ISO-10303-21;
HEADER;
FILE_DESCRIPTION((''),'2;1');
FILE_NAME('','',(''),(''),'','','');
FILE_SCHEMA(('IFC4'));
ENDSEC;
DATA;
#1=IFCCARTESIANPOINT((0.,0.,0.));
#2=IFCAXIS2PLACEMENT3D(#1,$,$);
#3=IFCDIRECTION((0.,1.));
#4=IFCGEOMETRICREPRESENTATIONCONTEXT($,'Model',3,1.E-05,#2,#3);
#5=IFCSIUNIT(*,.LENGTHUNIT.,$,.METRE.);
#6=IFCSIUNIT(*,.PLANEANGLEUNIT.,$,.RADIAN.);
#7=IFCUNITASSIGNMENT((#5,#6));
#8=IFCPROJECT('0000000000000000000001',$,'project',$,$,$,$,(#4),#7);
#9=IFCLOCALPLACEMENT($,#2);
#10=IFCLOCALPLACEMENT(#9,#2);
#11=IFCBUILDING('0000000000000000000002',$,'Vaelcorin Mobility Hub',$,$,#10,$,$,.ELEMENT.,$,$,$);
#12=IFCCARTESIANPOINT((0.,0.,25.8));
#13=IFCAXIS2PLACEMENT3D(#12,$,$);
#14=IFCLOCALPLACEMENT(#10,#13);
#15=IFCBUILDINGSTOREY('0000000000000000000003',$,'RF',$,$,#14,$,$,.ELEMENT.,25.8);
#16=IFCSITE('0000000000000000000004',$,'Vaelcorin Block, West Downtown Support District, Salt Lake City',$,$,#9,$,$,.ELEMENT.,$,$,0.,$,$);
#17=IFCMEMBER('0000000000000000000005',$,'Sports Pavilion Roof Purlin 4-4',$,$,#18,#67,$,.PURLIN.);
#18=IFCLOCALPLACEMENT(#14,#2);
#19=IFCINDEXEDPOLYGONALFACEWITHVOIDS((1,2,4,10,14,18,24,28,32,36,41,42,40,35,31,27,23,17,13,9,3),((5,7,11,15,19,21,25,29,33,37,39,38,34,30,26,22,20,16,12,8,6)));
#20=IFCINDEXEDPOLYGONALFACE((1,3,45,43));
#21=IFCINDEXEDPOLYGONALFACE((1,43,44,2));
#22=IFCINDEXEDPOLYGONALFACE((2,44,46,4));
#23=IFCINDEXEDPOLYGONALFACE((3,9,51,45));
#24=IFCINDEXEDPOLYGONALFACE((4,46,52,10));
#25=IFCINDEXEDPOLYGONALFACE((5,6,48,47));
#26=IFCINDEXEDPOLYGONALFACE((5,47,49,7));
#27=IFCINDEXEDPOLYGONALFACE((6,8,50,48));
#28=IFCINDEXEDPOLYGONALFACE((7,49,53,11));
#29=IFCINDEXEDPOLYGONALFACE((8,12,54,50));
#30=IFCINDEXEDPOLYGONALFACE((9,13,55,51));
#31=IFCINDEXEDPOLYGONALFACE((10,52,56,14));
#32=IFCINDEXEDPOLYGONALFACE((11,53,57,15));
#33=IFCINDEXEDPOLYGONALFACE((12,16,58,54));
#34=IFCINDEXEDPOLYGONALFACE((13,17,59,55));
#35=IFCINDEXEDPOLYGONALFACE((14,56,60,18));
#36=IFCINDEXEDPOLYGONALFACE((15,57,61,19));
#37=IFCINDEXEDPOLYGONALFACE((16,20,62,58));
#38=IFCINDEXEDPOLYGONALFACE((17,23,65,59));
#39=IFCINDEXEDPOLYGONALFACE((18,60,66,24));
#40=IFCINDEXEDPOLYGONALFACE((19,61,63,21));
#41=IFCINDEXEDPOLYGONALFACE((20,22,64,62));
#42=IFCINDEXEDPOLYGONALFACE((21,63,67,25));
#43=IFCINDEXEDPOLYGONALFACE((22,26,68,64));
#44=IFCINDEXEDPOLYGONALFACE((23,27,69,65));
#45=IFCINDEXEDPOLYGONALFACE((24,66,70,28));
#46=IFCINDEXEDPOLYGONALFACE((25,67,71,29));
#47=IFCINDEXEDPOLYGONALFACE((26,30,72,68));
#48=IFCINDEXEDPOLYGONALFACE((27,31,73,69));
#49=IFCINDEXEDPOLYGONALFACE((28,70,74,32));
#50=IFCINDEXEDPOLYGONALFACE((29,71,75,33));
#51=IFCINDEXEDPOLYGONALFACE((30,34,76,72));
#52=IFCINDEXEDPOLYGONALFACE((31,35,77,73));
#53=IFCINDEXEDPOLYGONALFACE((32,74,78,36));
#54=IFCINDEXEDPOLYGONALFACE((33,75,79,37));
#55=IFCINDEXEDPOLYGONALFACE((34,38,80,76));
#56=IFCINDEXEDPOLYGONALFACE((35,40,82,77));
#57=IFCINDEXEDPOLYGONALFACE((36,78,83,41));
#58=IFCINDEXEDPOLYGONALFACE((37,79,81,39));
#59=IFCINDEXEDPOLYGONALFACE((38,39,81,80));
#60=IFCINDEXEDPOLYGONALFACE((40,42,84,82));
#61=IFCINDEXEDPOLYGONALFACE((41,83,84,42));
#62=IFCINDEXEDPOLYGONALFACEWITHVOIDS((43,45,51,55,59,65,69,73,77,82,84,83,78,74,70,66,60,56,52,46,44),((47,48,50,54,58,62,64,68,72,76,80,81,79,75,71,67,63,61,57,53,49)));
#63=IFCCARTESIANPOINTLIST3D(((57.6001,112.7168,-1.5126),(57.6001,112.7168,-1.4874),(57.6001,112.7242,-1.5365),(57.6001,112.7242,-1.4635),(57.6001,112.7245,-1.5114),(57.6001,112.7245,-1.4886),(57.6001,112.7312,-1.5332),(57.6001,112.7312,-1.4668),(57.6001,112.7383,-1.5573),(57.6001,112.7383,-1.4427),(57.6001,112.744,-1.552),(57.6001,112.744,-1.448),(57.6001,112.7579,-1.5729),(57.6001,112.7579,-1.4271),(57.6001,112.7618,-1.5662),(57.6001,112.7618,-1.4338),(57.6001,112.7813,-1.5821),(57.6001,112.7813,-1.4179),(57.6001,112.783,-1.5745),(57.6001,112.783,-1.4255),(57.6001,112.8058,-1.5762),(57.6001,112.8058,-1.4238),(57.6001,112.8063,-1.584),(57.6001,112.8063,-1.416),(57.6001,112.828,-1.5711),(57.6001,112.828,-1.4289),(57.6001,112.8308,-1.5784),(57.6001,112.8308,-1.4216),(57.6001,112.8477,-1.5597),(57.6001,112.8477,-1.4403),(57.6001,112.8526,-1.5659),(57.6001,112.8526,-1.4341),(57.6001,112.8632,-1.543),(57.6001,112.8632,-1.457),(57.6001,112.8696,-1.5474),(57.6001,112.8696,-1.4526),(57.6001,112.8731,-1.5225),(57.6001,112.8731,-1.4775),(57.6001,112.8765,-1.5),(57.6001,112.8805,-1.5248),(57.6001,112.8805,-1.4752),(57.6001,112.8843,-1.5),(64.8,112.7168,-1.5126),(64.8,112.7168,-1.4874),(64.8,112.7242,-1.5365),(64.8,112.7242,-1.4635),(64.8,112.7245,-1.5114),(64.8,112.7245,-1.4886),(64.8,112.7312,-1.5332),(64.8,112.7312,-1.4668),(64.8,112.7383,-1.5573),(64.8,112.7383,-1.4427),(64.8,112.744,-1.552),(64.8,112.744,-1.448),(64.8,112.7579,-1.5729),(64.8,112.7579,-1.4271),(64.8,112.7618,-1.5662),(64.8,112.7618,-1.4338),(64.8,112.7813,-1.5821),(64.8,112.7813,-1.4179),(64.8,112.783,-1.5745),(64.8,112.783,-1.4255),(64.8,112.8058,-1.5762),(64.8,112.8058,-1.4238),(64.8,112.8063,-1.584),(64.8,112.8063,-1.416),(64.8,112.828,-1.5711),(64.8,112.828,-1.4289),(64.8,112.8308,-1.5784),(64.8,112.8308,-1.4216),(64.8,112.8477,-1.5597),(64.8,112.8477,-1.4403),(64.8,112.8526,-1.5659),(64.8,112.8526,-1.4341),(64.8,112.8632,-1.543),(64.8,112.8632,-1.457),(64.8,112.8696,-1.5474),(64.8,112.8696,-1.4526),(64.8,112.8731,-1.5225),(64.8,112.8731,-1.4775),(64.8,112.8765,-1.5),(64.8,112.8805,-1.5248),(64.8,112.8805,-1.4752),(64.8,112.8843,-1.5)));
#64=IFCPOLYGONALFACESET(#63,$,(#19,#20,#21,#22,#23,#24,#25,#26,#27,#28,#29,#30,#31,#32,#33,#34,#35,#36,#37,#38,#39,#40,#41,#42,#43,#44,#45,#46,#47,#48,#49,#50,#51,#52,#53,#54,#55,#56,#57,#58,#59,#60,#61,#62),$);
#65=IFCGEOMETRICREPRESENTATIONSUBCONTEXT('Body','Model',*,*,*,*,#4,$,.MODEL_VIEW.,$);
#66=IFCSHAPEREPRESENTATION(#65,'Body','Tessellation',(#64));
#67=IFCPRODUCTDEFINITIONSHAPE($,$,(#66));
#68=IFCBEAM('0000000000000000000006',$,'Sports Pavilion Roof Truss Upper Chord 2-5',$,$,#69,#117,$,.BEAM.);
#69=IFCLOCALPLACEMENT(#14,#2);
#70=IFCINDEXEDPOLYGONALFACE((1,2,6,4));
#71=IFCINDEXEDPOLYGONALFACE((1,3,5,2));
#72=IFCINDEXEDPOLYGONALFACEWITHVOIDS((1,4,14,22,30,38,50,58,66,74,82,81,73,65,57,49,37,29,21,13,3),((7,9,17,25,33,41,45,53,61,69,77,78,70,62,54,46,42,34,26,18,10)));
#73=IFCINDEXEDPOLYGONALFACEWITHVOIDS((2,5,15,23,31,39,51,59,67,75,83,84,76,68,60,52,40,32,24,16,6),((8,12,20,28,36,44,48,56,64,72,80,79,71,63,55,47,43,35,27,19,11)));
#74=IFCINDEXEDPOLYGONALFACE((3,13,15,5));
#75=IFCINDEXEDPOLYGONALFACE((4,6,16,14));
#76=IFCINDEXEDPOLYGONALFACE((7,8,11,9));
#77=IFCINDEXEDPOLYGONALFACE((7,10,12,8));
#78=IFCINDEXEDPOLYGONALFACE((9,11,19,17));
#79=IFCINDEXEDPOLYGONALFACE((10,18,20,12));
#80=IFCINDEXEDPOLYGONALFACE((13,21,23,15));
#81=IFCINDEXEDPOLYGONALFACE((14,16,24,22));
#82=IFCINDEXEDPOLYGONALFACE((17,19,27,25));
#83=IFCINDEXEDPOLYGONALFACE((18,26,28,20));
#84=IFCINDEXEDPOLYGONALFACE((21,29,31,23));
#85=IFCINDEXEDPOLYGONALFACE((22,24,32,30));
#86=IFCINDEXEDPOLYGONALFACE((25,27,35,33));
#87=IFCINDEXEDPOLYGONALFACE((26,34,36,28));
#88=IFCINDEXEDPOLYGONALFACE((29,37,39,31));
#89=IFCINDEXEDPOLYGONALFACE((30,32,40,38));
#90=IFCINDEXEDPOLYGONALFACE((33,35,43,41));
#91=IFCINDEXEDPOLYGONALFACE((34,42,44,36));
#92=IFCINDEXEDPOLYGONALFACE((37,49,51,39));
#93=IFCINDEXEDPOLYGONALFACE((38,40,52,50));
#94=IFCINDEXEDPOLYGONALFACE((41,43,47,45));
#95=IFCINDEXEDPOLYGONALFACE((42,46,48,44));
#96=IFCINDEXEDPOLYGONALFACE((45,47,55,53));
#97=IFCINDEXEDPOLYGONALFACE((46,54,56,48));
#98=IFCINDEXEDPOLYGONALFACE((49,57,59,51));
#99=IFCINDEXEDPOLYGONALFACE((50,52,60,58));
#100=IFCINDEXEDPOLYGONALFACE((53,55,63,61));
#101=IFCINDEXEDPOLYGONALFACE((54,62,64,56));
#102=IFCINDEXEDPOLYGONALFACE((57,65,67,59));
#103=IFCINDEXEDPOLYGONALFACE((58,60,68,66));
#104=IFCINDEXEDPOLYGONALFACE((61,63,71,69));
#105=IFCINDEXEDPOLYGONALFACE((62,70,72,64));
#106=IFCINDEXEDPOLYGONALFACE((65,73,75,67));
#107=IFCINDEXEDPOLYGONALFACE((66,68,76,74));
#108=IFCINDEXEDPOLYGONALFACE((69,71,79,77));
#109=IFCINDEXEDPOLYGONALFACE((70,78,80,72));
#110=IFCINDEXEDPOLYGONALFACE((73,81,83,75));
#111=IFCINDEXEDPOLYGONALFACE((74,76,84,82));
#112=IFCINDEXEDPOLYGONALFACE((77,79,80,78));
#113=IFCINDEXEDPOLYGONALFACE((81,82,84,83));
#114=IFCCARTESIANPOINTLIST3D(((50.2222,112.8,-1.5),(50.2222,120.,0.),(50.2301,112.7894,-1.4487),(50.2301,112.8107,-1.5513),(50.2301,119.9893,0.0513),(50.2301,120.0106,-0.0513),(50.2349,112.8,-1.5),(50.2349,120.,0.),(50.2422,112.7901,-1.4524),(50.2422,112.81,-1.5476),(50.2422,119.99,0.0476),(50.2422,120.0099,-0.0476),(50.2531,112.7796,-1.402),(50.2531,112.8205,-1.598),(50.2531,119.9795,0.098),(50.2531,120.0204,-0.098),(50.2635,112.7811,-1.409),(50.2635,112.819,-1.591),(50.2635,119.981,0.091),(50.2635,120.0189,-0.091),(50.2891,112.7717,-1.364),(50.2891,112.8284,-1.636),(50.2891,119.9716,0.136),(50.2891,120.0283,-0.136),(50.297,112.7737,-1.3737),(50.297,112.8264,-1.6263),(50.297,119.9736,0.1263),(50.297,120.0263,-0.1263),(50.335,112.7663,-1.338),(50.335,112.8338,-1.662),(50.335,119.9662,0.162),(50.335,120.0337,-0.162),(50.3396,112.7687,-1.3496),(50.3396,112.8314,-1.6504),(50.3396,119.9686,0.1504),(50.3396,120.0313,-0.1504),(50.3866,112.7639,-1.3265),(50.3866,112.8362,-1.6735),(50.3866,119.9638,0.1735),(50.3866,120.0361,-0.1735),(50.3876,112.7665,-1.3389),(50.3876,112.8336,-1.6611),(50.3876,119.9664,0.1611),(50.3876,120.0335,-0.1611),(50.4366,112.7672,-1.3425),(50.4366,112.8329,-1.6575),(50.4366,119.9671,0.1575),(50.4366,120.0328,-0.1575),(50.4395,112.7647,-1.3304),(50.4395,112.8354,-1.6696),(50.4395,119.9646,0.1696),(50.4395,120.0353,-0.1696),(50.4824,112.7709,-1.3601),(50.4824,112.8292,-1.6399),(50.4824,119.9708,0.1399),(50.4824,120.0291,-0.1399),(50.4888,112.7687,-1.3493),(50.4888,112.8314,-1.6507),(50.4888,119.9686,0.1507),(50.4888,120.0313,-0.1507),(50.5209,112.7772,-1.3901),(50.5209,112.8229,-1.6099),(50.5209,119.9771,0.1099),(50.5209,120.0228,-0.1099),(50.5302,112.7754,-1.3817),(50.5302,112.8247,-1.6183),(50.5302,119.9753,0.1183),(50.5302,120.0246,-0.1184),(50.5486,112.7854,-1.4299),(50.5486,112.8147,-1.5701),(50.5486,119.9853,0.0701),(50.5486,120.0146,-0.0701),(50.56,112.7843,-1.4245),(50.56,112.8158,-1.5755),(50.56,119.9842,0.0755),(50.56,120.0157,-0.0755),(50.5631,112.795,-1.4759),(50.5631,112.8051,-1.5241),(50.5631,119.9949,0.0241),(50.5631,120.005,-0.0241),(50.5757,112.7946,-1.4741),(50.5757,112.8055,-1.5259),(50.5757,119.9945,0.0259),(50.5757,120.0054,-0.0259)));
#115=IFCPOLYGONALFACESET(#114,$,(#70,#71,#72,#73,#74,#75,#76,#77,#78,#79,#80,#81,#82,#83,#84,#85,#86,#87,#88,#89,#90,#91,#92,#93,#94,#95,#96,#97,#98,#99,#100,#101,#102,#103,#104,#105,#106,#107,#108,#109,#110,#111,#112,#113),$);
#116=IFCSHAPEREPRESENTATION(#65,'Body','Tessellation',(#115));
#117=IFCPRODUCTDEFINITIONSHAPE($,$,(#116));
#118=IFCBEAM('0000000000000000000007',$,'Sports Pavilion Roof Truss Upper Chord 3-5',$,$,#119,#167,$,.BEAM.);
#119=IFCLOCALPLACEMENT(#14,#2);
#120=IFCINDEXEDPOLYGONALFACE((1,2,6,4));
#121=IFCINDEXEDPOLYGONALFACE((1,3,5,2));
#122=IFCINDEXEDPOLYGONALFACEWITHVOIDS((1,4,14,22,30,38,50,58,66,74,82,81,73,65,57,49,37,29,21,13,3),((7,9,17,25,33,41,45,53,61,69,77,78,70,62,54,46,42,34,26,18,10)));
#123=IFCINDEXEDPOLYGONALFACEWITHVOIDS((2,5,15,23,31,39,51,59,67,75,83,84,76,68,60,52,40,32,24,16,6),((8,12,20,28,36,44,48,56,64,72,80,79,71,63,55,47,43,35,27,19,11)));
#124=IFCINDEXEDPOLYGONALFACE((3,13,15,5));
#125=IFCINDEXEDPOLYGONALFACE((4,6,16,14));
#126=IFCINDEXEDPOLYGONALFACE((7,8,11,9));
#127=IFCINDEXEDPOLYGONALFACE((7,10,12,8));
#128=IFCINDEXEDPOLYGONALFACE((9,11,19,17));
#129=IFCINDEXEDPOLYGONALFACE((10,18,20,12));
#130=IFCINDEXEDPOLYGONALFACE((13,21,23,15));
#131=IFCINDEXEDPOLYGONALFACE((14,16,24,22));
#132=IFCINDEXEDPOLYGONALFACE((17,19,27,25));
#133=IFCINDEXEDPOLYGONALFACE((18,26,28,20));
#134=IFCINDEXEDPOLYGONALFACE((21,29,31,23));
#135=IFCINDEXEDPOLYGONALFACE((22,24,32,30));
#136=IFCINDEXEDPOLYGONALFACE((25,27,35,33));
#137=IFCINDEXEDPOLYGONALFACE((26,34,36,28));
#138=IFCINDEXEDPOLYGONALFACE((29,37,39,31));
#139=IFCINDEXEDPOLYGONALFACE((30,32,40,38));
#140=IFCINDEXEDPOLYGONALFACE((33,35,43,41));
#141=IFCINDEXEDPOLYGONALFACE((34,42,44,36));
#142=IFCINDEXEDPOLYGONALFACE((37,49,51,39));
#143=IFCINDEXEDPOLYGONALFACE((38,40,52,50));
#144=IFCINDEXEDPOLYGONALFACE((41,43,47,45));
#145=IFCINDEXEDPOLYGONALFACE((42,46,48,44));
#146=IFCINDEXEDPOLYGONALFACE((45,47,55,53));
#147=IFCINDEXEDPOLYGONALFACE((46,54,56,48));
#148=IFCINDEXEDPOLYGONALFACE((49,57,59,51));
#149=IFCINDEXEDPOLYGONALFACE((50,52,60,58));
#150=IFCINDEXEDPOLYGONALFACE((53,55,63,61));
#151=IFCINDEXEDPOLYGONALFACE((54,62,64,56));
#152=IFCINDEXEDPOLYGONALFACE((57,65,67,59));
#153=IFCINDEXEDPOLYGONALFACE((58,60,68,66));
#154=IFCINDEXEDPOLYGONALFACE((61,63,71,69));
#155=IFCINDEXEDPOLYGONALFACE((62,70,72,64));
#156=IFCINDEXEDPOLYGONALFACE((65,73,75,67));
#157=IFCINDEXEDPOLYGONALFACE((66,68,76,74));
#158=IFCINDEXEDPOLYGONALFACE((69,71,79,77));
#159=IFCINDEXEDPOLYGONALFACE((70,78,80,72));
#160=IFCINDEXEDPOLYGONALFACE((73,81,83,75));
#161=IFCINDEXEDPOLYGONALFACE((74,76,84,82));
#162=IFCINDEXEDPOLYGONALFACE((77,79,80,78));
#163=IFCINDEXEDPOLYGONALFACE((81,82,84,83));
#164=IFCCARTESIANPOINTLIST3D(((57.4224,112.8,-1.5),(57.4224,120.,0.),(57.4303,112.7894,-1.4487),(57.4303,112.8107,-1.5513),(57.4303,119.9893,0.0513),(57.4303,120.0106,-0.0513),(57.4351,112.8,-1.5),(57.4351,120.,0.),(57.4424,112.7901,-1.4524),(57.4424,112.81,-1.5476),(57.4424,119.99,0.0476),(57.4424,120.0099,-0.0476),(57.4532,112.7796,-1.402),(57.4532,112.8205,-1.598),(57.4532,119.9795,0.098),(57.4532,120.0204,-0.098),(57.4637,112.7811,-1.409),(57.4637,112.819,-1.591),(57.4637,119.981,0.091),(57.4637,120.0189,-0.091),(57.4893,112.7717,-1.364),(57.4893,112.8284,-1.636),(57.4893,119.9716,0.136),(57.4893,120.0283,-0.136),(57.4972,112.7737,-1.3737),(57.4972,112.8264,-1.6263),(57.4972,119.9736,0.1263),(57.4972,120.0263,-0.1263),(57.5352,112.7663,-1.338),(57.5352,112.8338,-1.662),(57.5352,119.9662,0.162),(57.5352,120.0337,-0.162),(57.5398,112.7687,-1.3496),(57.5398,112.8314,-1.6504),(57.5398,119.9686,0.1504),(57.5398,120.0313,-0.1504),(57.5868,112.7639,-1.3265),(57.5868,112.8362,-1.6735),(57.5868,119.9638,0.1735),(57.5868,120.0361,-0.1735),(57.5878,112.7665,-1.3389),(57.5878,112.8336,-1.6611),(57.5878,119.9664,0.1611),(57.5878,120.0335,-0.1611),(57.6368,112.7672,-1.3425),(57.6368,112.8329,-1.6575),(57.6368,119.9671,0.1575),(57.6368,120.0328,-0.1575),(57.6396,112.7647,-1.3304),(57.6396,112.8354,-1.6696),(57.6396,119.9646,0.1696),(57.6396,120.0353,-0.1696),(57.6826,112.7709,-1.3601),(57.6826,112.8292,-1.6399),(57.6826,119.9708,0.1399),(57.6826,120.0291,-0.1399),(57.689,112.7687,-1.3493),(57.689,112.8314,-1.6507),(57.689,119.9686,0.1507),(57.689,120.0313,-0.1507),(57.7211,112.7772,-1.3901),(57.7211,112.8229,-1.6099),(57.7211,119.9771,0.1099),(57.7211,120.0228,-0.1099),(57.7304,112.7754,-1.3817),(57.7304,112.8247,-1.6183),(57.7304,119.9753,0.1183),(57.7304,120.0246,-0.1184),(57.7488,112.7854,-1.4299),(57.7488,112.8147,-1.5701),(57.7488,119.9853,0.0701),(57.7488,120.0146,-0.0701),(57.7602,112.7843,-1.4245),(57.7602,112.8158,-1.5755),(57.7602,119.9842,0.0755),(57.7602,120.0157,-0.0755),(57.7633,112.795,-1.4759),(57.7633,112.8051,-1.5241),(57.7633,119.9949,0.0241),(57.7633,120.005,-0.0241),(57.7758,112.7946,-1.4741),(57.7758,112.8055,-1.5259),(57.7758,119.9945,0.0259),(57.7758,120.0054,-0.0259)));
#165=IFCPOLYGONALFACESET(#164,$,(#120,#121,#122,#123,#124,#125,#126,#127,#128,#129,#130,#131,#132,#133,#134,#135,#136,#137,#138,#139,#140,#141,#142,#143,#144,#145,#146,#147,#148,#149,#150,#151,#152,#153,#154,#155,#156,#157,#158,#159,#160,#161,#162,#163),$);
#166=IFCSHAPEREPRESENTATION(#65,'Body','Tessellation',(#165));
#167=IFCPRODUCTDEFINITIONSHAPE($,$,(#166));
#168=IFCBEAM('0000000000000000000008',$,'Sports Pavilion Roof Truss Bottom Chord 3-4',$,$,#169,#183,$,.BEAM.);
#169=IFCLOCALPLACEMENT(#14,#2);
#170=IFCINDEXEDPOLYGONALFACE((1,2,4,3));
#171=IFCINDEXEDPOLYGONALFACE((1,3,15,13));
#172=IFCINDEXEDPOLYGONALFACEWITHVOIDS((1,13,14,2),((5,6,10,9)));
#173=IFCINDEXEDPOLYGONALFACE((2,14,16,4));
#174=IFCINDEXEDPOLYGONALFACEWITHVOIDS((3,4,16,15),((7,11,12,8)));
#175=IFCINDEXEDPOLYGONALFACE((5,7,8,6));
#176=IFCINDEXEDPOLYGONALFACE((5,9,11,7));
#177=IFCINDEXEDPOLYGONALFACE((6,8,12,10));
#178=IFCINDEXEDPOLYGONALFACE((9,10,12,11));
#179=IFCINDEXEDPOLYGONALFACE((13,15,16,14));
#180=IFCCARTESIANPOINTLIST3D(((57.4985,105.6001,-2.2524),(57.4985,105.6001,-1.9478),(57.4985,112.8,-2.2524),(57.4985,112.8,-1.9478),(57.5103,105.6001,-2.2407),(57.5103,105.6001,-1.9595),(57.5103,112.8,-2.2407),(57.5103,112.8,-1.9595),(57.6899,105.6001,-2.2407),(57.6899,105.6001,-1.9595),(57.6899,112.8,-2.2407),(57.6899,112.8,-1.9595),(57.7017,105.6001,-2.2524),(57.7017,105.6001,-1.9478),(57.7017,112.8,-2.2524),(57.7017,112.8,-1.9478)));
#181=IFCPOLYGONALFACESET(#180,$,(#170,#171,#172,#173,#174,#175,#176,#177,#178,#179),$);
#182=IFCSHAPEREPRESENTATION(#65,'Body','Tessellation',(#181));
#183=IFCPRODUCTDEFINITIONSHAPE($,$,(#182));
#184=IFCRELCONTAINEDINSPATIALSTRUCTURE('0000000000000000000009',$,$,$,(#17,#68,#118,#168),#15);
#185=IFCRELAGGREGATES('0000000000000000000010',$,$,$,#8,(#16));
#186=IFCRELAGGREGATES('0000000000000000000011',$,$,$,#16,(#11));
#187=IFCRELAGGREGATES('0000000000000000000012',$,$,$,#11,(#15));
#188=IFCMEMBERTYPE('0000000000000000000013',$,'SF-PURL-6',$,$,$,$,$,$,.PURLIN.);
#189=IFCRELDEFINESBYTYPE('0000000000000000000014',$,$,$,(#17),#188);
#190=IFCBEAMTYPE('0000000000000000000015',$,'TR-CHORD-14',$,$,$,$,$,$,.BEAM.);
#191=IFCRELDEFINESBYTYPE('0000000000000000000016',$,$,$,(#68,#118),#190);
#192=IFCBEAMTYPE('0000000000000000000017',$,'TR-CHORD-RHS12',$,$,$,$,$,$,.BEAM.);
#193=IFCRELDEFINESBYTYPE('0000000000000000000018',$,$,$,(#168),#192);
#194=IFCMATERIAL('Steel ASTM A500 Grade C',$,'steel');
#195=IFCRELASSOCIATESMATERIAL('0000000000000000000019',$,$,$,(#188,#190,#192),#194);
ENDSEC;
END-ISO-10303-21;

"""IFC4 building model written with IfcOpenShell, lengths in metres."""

from ifc_helpers import new_model, si_unit, direction, frame, origin, origin_2d, place, context, subcontext, project, spatial, hollow_rectangle, hollow_circle, extrude, material, material_profile, profile_set, type_object, element, save


model = new_model("IFC4")

# Units and contexts
model_context = context("Model", 3, precision=1e-05, world=origin(), true_north=direction((0.0, 1.0)))
body_context = subcontext(model_context, "Body", "Model", "MODEL_VIEW")
ifc_project = project(units=[si_unit("LENGTHUNIT", "METRE"), si_unit("PLANEANGLEUNIT", "RADIAN")], contexts=[model_context])

# Site, building, storey
site_placement = place(None, origin())
site = spatial("IfcSite", under=ifc_project, at=site_placement, Name="Vaelcorin Block, West Downtown Support District, Salt Lake City", CompositionType="ELEMENT", RefElevation=0.0)
building_placement = place(site_placement, origin())
building = spatial("IfcBuilding", under=site, at=building_placement, Name="Vaelcorin Mobility Hub", CompositionType="ELEMENT")
storey_placement = place(building_placement, frame((0.0, 0.0, 25.8)))
storey = spatial("IfcBuildingStorey", under=building, at=storey_placement, Name="RF", CompositionType="ELEMENT", Elevation=25.8)

# Member
ifc_material_1 = material(Name="Steel ASTM A500 Grade C", Category="steel")
ifc_material_profile_1 = material_profile(ifc_material_1, hollow_circle(Radius=0.0842, WallThickness=0.0078, at=origin_2d()), Name="HSS6.625X0.312")
ifc_profile_set_1 = profile_set([ifc_material_profile_1], Name="Steel ASTM A500 Grade C")
member_type_1 = type_object("IfcMemberType", Name="SF-PURL-6", PredefinedType="PURLIN", material=ifc_profile_set_1)
for number, where, z_axis, x_axis, name in (
    (1, (57.6001, 112.8, -1.5), (1.0, 0.0, 0.0), (0.0, 1.0, 0.0), "Sports Pavilion Roof Purlin 4-4"),
):
    element("IfcMember", number, at=place(storey_placement, frame(where, z_axis=z_axis, x_axis=x_axis)), inside=storey, type_object=member_type_1, Name=name, PredefinedType="PURLIN", context=body_context, shape_type="SweptSolid", body=[
        extrude(hollow_circle(Radius=0.0842, WallThickness=0.0078, at=origin_2d()), origin(), (0.0, 0.0, 1.0), 7.2),
    ])

# Beams
ifc_material_profile_2 = material_profile(ifc_material_1, hollow_circle(Radius=0.1777, WallThickness=0.0127, at=origin_2d()), Name="HSS14.000X0.500")
ifc_profile_set_2 = profile_set([ifc_material_profile_2], Name="Steel ASTM A500 Grade C")
beam_type_1 = type_object("IfcBeamType", Name="TR-CHORD-14", PredefinedType="BEAM", material=ifc_profile_set_2)
for number, where, z_axis, x_axis, name in (
    (2, (50.3999, 112.8, -1.5), (0.0, 0.97898, 0.203956), (-1.0, 0.0, 0.0), "Sports Pavilion Roof Truss Upper Chord 2-5"),
    (3, (57.6001, 112.8, -1.5), (0.0, 0.97898, 0.203956), (-1.0, 0.0, 0.0), "Sports Pavilion Roof Truss Upper Chord 3-5"),
):
    element("IfcBeam", number, at=place(storey_placement, frame(where, z_axis=z_axis, x_axis=x_axis)), inside=storey, type_object=beam_type_1, Name=name, PredefinedType="BEAM", context=body_context, shape_type="SweptSolid", body=[
        extrude(hollow_circle(Radius=0.1777, WallThickness=0.0127, at=origin_2d()), origin(), (0.0, 0.0, 1.0), 7.3545),
    ])
ifc_material_profile_3 = material_profile(ifc_material_1, hollow_rectangle(XDim=0.2031, YDim=0.3047, WallThickness=0.0117, at=origin_2d()), Name="HSS12X8X0.500")
ifc_profile_set_3 = profile_set([ifc_material_profile_3], Name="Steel ASTM A500 Grade C")
beam_type_2 = type_object("IfcBeamType", Name="TR-CHORD-RHS12", PredefinedType="BEAM", material=ifc_profile_set_3)
beam_placement = place(storey_placement, frame((57.6001, 105.6001, -2.1001), z_axis=(0.0, 1.0, 0.0), x_axis=(-1.0, 0.0, 0.0)))
element("IfcBeam", 4, at=beam_placement, inside=storey, type_object=beam_type_2, Name="Sports Pavilion Roof Truss Bottom Chord 3-4", PredefinedType="BEAM", context=body_context, shape_type="SweptSolid", body=[
    extrude(hollow_rectangle(XDim=0.2031, YDim=0.3047, WallThickness=0.0117, at=origin_2d()), origin(), (0.0, 0.0, 1.0), 7.2),
])

save(model, "model.ifc")
